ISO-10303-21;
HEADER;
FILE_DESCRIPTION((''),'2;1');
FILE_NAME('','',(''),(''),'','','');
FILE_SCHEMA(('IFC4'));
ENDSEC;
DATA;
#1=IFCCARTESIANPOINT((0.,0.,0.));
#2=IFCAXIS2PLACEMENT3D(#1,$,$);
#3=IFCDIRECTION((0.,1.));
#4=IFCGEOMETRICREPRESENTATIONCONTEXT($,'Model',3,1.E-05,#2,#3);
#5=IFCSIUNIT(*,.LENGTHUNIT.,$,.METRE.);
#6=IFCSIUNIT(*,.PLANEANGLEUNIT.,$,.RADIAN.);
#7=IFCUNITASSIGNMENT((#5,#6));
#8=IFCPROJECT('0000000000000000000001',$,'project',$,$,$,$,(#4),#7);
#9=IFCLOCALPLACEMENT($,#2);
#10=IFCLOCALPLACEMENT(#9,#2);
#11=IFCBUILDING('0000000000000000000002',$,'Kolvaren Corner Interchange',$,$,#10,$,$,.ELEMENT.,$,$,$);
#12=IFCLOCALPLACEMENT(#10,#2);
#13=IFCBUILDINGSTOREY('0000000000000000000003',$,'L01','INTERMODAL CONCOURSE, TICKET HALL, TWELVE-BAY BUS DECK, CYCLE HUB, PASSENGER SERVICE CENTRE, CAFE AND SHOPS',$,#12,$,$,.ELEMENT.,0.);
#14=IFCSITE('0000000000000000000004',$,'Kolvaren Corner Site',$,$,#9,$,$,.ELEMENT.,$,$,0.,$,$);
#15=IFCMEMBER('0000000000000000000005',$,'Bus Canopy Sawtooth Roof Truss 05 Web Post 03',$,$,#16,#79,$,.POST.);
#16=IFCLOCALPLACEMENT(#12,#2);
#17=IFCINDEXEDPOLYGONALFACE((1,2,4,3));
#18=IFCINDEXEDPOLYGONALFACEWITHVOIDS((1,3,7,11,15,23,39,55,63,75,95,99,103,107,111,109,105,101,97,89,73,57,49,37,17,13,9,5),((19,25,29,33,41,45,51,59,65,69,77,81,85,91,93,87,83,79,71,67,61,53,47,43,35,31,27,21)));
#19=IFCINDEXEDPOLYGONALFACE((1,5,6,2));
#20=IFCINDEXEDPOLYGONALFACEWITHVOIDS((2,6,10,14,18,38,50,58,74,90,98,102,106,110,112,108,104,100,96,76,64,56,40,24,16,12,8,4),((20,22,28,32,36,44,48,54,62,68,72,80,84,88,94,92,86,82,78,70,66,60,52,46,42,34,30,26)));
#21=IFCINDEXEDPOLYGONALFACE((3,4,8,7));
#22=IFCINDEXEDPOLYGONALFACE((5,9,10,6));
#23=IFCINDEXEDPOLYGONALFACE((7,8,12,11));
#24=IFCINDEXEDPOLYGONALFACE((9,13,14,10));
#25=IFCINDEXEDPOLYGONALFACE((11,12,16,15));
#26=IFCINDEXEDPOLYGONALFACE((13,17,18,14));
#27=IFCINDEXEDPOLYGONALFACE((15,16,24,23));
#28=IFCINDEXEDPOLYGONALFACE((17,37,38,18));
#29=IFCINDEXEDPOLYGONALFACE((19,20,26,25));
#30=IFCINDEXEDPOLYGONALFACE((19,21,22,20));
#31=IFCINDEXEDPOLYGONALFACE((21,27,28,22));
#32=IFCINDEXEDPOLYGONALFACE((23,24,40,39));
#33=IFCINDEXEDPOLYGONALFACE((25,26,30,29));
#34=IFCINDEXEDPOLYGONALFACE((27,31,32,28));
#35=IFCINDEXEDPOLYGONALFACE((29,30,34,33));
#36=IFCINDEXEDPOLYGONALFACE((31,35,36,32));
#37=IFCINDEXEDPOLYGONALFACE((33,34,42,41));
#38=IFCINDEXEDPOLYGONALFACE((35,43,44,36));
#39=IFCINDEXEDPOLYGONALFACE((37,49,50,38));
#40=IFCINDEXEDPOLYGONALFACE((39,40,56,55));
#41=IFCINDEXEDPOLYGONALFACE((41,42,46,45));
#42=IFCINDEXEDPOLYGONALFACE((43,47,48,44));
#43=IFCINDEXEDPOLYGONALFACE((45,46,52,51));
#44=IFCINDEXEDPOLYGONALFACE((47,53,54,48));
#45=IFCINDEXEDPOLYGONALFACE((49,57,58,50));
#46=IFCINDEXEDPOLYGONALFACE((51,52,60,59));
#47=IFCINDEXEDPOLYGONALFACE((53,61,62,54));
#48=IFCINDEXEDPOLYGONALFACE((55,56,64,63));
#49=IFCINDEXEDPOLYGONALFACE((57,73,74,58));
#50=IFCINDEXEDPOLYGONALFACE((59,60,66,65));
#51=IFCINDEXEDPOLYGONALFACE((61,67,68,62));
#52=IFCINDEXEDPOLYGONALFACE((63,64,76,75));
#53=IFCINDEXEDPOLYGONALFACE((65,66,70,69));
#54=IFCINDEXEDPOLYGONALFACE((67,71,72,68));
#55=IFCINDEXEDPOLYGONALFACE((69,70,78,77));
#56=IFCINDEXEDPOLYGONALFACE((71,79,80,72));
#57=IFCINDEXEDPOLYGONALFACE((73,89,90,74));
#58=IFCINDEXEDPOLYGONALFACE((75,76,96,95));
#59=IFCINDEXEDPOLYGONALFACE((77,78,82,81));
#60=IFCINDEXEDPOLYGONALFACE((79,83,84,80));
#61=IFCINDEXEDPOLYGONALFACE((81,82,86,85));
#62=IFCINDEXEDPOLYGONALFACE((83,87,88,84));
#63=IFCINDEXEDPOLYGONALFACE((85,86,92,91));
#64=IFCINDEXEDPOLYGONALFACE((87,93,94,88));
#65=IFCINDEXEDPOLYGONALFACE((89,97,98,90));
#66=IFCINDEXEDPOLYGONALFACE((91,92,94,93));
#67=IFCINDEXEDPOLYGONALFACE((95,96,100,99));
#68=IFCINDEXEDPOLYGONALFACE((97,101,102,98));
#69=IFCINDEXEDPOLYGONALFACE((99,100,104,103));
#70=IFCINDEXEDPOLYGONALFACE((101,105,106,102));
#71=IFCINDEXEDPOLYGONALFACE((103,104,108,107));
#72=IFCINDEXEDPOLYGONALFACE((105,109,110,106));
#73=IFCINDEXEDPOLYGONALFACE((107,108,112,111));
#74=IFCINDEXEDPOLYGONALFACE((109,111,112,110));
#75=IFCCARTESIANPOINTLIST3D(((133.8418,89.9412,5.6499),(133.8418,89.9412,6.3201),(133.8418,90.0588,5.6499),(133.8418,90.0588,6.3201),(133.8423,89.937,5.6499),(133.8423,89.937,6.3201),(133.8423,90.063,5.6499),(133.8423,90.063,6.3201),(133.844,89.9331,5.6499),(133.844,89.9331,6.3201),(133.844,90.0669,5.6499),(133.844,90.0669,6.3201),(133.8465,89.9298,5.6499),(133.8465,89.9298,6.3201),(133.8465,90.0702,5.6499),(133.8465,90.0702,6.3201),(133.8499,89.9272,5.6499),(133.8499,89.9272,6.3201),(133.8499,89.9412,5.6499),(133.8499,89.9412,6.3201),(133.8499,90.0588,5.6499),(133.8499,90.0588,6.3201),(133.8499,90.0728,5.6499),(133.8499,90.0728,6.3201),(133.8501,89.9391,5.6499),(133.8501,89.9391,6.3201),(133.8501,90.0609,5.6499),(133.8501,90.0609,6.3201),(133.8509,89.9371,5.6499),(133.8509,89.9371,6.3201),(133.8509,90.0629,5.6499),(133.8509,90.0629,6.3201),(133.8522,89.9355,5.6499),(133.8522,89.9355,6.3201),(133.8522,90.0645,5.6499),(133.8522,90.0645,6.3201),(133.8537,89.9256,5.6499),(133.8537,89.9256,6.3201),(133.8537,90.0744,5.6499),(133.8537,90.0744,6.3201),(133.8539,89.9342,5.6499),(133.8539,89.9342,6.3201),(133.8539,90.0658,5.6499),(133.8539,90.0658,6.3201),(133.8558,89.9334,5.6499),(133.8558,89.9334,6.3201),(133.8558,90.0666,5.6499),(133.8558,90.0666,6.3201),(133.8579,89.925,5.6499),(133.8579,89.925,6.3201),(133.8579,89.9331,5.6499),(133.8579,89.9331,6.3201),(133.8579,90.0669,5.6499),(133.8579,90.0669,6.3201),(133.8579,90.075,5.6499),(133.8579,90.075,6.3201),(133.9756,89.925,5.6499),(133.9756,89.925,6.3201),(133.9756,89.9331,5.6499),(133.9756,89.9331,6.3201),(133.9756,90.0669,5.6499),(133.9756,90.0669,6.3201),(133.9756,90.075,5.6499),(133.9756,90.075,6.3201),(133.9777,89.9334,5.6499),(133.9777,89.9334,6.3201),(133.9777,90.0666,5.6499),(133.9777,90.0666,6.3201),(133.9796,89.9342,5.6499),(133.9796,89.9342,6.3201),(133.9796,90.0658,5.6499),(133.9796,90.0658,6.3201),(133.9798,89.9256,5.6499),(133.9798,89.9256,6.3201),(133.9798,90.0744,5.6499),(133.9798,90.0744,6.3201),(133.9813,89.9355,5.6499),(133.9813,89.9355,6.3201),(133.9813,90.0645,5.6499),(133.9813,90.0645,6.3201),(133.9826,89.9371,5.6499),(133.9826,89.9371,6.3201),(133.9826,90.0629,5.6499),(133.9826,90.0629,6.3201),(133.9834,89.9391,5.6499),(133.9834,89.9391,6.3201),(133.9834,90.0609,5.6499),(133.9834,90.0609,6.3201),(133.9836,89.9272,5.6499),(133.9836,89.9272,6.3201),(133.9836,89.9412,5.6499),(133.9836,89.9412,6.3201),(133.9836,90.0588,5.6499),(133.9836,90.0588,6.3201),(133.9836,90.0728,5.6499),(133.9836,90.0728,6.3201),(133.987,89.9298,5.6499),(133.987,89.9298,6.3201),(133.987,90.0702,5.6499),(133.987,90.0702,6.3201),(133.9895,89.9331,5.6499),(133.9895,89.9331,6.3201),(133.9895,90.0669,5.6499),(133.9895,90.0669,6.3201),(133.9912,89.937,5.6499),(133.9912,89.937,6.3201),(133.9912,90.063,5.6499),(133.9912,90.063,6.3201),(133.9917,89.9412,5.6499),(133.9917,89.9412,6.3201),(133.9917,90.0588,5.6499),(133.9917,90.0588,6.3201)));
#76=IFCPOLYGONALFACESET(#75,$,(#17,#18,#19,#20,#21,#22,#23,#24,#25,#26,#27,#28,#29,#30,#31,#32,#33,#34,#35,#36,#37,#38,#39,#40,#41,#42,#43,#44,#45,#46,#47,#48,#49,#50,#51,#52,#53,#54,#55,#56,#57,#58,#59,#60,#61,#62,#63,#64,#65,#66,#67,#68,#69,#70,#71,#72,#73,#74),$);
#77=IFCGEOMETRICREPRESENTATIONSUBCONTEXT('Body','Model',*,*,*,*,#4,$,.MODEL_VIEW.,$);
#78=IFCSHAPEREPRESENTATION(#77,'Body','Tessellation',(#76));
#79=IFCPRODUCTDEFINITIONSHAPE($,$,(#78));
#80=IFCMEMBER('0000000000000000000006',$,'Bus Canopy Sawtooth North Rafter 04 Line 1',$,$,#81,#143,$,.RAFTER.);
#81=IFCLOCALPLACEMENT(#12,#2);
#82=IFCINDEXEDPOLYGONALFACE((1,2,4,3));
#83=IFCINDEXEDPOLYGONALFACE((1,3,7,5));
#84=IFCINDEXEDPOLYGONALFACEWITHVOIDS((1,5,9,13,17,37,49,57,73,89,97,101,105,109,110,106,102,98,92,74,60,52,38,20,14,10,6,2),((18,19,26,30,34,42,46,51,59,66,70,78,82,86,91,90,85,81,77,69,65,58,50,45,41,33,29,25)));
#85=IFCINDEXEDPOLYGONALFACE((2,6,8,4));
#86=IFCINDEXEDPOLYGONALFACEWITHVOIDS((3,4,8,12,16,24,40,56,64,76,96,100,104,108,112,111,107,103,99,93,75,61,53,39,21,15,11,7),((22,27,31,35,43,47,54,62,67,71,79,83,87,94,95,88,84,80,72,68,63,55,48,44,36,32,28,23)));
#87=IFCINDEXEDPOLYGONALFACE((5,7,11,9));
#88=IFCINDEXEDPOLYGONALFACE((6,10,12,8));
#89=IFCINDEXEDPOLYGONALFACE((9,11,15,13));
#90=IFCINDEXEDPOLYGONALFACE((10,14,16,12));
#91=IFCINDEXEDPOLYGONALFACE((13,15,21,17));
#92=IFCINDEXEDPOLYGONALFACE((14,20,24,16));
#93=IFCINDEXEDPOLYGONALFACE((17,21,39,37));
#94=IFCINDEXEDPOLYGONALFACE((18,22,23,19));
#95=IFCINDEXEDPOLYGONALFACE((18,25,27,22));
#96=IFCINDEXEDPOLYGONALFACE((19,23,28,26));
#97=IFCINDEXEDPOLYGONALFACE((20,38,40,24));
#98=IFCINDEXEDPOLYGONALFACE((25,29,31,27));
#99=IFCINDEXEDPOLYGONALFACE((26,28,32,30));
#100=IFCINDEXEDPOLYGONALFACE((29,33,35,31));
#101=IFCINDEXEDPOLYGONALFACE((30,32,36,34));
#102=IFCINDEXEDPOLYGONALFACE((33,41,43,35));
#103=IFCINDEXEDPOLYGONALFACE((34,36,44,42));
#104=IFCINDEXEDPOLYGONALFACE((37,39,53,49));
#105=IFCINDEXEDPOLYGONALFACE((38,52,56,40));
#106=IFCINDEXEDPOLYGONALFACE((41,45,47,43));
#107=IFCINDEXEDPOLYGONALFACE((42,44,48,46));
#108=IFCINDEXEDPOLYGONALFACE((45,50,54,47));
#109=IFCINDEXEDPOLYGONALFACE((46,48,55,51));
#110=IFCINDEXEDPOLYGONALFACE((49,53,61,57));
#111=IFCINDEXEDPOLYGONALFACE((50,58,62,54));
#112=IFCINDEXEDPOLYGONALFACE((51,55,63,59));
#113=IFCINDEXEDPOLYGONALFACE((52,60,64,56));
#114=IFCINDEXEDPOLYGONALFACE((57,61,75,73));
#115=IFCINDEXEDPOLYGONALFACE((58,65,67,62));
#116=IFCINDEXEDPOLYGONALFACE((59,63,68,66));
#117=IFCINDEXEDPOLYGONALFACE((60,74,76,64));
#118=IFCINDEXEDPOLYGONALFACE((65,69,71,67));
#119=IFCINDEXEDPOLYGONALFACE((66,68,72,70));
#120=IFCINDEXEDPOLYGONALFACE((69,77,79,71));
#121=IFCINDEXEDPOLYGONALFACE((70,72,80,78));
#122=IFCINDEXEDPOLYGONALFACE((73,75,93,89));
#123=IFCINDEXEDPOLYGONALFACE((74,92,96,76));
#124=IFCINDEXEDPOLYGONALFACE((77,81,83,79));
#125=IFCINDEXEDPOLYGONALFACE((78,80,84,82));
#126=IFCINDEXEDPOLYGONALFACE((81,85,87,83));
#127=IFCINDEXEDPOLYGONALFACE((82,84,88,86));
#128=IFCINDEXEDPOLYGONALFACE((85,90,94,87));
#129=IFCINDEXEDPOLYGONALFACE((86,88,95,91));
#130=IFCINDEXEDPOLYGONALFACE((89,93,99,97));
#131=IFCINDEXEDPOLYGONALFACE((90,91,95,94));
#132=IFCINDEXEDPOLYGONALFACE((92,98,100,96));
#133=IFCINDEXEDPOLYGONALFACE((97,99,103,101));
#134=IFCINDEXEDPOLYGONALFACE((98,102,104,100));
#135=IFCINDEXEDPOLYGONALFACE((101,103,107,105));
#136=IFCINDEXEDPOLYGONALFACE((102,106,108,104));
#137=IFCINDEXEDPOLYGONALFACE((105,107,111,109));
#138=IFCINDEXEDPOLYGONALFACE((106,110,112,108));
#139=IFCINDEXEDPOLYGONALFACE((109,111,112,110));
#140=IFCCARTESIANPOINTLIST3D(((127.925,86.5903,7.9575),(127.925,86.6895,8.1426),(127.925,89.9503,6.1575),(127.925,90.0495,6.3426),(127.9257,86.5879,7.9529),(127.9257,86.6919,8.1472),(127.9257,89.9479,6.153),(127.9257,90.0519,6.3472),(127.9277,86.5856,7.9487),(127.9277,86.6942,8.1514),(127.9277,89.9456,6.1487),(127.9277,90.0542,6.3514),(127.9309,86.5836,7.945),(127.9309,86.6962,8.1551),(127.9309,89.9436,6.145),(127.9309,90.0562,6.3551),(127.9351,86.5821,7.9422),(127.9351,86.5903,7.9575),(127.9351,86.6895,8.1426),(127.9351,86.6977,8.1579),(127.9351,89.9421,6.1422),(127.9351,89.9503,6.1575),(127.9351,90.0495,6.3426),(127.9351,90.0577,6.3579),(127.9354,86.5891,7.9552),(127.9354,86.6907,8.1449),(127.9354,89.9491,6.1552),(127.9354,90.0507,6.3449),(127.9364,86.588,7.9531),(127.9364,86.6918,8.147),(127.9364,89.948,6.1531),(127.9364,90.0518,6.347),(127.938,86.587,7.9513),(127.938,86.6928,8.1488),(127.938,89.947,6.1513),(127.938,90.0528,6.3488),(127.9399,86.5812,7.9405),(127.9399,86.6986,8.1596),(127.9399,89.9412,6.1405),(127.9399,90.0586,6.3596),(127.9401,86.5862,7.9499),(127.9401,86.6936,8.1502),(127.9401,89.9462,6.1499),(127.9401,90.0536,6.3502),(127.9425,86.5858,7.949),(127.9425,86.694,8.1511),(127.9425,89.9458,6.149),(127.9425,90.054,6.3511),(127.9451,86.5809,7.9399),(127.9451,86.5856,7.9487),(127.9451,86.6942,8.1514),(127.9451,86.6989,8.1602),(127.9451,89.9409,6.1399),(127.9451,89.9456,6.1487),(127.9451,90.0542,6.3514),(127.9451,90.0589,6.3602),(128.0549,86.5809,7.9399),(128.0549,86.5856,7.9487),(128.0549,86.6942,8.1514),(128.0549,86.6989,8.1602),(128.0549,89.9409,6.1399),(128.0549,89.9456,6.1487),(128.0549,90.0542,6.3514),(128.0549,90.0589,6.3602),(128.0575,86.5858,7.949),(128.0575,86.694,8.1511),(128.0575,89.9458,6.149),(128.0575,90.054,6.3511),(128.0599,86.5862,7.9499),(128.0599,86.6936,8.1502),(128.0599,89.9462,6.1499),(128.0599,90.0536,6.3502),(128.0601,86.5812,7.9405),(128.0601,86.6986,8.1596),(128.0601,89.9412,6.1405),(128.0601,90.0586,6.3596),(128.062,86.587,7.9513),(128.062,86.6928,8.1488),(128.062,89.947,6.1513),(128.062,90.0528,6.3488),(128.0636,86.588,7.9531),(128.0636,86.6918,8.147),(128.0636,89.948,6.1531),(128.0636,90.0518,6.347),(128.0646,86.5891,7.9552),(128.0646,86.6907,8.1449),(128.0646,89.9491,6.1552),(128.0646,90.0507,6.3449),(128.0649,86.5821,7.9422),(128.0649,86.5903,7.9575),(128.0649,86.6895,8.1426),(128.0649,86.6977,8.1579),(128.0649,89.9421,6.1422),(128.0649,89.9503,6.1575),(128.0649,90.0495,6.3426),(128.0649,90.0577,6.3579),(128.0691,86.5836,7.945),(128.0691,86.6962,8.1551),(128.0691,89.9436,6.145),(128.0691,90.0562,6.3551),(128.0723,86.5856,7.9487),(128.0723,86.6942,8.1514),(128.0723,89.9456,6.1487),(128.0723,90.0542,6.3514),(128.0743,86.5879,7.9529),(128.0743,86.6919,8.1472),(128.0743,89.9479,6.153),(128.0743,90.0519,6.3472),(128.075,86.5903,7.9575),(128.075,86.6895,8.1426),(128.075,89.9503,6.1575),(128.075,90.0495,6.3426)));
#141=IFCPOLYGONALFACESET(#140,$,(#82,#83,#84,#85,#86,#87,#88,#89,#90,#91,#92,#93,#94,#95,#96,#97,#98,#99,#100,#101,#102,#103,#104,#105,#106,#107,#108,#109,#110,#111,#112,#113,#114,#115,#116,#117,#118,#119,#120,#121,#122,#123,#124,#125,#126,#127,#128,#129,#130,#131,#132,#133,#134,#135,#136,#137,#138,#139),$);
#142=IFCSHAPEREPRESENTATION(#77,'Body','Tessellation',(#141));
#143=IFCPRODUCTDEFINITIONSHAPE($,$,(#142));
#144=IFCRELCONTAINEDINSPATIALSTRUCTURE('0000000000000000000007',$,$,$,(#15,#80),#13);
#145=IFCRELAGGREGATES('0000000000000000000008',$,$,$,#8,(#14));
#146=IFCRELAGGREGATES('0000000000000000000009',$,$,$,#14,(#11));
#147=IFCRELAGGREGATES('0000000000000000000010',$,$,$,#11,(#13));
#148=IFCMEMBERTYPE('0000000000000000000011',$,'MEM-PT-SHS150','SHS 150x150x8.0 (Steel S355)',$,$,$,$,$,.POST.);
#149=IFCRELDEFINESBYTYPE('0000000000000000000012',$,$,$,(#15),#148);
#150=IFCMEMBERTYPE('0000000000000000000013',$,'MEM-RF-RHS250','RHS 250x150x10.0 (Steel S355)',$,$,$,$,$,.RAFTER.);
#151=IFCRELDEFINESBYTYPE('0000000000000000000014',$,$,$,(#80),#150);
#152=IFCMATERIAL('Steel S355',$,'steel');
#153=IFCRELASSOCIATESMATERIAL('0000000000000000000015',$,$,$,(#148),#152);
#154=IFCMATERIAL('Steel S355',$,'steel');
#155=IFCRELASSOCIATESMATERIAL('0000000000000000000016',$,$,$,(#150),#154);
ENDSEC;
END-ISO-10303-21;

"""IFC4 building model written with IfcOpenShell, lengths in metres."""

from ifc_helpers import new_model, si_unit, direction, frame, origin, origin_2d, place, context, subcontext, project, spatial, hollow_rectangle, extrude, material, material_profile, profile_set, type_object, element, save


model = new_model("IFC4")

# Units and contexts
model_context = context("Model", 3, precision=1e-05, world=origin(), true_north=direction((0.0, 1.0)))
body_context = subcontext(model_context, "Body", "Model", "MODEL_VIEW")
ifc_project = project(units=[si_unit("LENGTHUNIT", "METRE"), si_unit("PLANEANGLEUNIT", "RADIAN")], contexts=[model_context])

# Site, building, storey
site_placement = place(None, origin())
site = spatial("IfcSite", under=ifc_project, at=site_placement, Name="Kolvaren Corner Site", CompositionType="ELEMENT", RefElevation=0.0)
building_placement = place(site_placement, origin())
building = spatial("IfcBuilding", under=site, at=building_placement, Name="Kolvaren Corner Interchange", CompositionType="ELEMENT")
storey_placement = place(building_placement, origin())
storey = spatial("IfcBuildingStorey", under=building, at=storey_placement, Name="L01", Description="INTERMODAL CONCOURSE, TICKET HALL, TWELVE-BAY BUS DECK, CYCLE HUB, PASSENGER SERVICE CENTRE, CAFE AND SHOPS", CompositionType="ELEMENT", Elevation=0.0)

# Members
ifc_material_1 = material(Name="Steel S355", Category="steel")
ifc_material_profile_1 = material_profile(ifc_material_1, hollow_rectangle(XDim=0.1499, YDim=0.1499, WallThickness=0.0081, InnerFilletRadius=0.0081, OuterFilletRadius=0.0161, at=origin_2d()), Name="SHS 150x150x8.0")
ifc_profile_set_1 = profile_set([ifc_material_profile_1], Name="Steel S355")
member_type_1 = type_object("IfcMemberType", Name="MEM-PT-SHS150", Description="SHS 150x150x8.0 (Steel S355)", PredefinedType="POST", material=ifc_profile_set_1)
for number, where, z_axis, x_axis, name in (
    (1, (133.9167, 90.0, 5.6499), (0.0, 0.0, 1.0), (1.0, 0.0, 0.0), "Bus Canopy Sawtooth Roof Truss 05 Web Post 03"),
):
    element("IfcMember", number, at=place(storey_placement, frame(where, z_axis=z_axis, x_axis=x_axis)), inside=storey, type_object=member_type_1, Name=name, PredefinedType="POST", context=body_context, shape_type="SweptSolid", body=[
        extrude(hollow_rectangle(XDim=0.1499, YDim=0.1499, WallThickness=0.0081, InnerFilletRadius=0.0081, OuterFilletRadius=0.0161, at=origin_2d()), origin(), (0.0, 0.0, 1.0), 0.6702),
    ])
ifc_material_2 = material(Name="Steel S355", Category="steel")
ifc_material_profile_2 = material_profile(ifc_material_2, hollow_rectangle(XDim=0.1499, YDim=0.25, WallThickness=0.01, InnerFilletRadius=0.01, OuterFilletRadius=0.02, at=origin_2d()), Name="RHS 250x150x10.0")
ifc_profile_set_2 = profile_set([ifc_material_profile_2], Name="Steel S355")
member_type_2 = type_object("IfcMemberType", Name="MEM-RF-RHS250", Description="RHS 250x150x10.0 (Steel S355)", PredefinedType="RAFTER", material=ifc_profile_set_2)
member_1_placement = place(storey_placement, frame((128.0, 86.6399, 8.05), z_axis=(0.0, 0.881481, -0.47222), x_axis=(-1.0, 0.0, 0.0)))
element("IfcMember", 2, at=member_1_placement, inside=storey, type_object=member_type_2, Name="Bus Canopy Sawtooth North Rafter 04 Line 1", PredefinedType="RAFTER", context=body_context, shape_type="SweptSolid", body=[
    extrude(hollow_rectangle(XDim=0.1499, YDim=0.25, WallThickness=0.01, InnerFilletRadius=0.01, OuterFilletRadius=0.02, at=origin_2d()), origin(), (0.0, 0.0, 1.0), 3.8118),
])

save(model, "model.ifc")
